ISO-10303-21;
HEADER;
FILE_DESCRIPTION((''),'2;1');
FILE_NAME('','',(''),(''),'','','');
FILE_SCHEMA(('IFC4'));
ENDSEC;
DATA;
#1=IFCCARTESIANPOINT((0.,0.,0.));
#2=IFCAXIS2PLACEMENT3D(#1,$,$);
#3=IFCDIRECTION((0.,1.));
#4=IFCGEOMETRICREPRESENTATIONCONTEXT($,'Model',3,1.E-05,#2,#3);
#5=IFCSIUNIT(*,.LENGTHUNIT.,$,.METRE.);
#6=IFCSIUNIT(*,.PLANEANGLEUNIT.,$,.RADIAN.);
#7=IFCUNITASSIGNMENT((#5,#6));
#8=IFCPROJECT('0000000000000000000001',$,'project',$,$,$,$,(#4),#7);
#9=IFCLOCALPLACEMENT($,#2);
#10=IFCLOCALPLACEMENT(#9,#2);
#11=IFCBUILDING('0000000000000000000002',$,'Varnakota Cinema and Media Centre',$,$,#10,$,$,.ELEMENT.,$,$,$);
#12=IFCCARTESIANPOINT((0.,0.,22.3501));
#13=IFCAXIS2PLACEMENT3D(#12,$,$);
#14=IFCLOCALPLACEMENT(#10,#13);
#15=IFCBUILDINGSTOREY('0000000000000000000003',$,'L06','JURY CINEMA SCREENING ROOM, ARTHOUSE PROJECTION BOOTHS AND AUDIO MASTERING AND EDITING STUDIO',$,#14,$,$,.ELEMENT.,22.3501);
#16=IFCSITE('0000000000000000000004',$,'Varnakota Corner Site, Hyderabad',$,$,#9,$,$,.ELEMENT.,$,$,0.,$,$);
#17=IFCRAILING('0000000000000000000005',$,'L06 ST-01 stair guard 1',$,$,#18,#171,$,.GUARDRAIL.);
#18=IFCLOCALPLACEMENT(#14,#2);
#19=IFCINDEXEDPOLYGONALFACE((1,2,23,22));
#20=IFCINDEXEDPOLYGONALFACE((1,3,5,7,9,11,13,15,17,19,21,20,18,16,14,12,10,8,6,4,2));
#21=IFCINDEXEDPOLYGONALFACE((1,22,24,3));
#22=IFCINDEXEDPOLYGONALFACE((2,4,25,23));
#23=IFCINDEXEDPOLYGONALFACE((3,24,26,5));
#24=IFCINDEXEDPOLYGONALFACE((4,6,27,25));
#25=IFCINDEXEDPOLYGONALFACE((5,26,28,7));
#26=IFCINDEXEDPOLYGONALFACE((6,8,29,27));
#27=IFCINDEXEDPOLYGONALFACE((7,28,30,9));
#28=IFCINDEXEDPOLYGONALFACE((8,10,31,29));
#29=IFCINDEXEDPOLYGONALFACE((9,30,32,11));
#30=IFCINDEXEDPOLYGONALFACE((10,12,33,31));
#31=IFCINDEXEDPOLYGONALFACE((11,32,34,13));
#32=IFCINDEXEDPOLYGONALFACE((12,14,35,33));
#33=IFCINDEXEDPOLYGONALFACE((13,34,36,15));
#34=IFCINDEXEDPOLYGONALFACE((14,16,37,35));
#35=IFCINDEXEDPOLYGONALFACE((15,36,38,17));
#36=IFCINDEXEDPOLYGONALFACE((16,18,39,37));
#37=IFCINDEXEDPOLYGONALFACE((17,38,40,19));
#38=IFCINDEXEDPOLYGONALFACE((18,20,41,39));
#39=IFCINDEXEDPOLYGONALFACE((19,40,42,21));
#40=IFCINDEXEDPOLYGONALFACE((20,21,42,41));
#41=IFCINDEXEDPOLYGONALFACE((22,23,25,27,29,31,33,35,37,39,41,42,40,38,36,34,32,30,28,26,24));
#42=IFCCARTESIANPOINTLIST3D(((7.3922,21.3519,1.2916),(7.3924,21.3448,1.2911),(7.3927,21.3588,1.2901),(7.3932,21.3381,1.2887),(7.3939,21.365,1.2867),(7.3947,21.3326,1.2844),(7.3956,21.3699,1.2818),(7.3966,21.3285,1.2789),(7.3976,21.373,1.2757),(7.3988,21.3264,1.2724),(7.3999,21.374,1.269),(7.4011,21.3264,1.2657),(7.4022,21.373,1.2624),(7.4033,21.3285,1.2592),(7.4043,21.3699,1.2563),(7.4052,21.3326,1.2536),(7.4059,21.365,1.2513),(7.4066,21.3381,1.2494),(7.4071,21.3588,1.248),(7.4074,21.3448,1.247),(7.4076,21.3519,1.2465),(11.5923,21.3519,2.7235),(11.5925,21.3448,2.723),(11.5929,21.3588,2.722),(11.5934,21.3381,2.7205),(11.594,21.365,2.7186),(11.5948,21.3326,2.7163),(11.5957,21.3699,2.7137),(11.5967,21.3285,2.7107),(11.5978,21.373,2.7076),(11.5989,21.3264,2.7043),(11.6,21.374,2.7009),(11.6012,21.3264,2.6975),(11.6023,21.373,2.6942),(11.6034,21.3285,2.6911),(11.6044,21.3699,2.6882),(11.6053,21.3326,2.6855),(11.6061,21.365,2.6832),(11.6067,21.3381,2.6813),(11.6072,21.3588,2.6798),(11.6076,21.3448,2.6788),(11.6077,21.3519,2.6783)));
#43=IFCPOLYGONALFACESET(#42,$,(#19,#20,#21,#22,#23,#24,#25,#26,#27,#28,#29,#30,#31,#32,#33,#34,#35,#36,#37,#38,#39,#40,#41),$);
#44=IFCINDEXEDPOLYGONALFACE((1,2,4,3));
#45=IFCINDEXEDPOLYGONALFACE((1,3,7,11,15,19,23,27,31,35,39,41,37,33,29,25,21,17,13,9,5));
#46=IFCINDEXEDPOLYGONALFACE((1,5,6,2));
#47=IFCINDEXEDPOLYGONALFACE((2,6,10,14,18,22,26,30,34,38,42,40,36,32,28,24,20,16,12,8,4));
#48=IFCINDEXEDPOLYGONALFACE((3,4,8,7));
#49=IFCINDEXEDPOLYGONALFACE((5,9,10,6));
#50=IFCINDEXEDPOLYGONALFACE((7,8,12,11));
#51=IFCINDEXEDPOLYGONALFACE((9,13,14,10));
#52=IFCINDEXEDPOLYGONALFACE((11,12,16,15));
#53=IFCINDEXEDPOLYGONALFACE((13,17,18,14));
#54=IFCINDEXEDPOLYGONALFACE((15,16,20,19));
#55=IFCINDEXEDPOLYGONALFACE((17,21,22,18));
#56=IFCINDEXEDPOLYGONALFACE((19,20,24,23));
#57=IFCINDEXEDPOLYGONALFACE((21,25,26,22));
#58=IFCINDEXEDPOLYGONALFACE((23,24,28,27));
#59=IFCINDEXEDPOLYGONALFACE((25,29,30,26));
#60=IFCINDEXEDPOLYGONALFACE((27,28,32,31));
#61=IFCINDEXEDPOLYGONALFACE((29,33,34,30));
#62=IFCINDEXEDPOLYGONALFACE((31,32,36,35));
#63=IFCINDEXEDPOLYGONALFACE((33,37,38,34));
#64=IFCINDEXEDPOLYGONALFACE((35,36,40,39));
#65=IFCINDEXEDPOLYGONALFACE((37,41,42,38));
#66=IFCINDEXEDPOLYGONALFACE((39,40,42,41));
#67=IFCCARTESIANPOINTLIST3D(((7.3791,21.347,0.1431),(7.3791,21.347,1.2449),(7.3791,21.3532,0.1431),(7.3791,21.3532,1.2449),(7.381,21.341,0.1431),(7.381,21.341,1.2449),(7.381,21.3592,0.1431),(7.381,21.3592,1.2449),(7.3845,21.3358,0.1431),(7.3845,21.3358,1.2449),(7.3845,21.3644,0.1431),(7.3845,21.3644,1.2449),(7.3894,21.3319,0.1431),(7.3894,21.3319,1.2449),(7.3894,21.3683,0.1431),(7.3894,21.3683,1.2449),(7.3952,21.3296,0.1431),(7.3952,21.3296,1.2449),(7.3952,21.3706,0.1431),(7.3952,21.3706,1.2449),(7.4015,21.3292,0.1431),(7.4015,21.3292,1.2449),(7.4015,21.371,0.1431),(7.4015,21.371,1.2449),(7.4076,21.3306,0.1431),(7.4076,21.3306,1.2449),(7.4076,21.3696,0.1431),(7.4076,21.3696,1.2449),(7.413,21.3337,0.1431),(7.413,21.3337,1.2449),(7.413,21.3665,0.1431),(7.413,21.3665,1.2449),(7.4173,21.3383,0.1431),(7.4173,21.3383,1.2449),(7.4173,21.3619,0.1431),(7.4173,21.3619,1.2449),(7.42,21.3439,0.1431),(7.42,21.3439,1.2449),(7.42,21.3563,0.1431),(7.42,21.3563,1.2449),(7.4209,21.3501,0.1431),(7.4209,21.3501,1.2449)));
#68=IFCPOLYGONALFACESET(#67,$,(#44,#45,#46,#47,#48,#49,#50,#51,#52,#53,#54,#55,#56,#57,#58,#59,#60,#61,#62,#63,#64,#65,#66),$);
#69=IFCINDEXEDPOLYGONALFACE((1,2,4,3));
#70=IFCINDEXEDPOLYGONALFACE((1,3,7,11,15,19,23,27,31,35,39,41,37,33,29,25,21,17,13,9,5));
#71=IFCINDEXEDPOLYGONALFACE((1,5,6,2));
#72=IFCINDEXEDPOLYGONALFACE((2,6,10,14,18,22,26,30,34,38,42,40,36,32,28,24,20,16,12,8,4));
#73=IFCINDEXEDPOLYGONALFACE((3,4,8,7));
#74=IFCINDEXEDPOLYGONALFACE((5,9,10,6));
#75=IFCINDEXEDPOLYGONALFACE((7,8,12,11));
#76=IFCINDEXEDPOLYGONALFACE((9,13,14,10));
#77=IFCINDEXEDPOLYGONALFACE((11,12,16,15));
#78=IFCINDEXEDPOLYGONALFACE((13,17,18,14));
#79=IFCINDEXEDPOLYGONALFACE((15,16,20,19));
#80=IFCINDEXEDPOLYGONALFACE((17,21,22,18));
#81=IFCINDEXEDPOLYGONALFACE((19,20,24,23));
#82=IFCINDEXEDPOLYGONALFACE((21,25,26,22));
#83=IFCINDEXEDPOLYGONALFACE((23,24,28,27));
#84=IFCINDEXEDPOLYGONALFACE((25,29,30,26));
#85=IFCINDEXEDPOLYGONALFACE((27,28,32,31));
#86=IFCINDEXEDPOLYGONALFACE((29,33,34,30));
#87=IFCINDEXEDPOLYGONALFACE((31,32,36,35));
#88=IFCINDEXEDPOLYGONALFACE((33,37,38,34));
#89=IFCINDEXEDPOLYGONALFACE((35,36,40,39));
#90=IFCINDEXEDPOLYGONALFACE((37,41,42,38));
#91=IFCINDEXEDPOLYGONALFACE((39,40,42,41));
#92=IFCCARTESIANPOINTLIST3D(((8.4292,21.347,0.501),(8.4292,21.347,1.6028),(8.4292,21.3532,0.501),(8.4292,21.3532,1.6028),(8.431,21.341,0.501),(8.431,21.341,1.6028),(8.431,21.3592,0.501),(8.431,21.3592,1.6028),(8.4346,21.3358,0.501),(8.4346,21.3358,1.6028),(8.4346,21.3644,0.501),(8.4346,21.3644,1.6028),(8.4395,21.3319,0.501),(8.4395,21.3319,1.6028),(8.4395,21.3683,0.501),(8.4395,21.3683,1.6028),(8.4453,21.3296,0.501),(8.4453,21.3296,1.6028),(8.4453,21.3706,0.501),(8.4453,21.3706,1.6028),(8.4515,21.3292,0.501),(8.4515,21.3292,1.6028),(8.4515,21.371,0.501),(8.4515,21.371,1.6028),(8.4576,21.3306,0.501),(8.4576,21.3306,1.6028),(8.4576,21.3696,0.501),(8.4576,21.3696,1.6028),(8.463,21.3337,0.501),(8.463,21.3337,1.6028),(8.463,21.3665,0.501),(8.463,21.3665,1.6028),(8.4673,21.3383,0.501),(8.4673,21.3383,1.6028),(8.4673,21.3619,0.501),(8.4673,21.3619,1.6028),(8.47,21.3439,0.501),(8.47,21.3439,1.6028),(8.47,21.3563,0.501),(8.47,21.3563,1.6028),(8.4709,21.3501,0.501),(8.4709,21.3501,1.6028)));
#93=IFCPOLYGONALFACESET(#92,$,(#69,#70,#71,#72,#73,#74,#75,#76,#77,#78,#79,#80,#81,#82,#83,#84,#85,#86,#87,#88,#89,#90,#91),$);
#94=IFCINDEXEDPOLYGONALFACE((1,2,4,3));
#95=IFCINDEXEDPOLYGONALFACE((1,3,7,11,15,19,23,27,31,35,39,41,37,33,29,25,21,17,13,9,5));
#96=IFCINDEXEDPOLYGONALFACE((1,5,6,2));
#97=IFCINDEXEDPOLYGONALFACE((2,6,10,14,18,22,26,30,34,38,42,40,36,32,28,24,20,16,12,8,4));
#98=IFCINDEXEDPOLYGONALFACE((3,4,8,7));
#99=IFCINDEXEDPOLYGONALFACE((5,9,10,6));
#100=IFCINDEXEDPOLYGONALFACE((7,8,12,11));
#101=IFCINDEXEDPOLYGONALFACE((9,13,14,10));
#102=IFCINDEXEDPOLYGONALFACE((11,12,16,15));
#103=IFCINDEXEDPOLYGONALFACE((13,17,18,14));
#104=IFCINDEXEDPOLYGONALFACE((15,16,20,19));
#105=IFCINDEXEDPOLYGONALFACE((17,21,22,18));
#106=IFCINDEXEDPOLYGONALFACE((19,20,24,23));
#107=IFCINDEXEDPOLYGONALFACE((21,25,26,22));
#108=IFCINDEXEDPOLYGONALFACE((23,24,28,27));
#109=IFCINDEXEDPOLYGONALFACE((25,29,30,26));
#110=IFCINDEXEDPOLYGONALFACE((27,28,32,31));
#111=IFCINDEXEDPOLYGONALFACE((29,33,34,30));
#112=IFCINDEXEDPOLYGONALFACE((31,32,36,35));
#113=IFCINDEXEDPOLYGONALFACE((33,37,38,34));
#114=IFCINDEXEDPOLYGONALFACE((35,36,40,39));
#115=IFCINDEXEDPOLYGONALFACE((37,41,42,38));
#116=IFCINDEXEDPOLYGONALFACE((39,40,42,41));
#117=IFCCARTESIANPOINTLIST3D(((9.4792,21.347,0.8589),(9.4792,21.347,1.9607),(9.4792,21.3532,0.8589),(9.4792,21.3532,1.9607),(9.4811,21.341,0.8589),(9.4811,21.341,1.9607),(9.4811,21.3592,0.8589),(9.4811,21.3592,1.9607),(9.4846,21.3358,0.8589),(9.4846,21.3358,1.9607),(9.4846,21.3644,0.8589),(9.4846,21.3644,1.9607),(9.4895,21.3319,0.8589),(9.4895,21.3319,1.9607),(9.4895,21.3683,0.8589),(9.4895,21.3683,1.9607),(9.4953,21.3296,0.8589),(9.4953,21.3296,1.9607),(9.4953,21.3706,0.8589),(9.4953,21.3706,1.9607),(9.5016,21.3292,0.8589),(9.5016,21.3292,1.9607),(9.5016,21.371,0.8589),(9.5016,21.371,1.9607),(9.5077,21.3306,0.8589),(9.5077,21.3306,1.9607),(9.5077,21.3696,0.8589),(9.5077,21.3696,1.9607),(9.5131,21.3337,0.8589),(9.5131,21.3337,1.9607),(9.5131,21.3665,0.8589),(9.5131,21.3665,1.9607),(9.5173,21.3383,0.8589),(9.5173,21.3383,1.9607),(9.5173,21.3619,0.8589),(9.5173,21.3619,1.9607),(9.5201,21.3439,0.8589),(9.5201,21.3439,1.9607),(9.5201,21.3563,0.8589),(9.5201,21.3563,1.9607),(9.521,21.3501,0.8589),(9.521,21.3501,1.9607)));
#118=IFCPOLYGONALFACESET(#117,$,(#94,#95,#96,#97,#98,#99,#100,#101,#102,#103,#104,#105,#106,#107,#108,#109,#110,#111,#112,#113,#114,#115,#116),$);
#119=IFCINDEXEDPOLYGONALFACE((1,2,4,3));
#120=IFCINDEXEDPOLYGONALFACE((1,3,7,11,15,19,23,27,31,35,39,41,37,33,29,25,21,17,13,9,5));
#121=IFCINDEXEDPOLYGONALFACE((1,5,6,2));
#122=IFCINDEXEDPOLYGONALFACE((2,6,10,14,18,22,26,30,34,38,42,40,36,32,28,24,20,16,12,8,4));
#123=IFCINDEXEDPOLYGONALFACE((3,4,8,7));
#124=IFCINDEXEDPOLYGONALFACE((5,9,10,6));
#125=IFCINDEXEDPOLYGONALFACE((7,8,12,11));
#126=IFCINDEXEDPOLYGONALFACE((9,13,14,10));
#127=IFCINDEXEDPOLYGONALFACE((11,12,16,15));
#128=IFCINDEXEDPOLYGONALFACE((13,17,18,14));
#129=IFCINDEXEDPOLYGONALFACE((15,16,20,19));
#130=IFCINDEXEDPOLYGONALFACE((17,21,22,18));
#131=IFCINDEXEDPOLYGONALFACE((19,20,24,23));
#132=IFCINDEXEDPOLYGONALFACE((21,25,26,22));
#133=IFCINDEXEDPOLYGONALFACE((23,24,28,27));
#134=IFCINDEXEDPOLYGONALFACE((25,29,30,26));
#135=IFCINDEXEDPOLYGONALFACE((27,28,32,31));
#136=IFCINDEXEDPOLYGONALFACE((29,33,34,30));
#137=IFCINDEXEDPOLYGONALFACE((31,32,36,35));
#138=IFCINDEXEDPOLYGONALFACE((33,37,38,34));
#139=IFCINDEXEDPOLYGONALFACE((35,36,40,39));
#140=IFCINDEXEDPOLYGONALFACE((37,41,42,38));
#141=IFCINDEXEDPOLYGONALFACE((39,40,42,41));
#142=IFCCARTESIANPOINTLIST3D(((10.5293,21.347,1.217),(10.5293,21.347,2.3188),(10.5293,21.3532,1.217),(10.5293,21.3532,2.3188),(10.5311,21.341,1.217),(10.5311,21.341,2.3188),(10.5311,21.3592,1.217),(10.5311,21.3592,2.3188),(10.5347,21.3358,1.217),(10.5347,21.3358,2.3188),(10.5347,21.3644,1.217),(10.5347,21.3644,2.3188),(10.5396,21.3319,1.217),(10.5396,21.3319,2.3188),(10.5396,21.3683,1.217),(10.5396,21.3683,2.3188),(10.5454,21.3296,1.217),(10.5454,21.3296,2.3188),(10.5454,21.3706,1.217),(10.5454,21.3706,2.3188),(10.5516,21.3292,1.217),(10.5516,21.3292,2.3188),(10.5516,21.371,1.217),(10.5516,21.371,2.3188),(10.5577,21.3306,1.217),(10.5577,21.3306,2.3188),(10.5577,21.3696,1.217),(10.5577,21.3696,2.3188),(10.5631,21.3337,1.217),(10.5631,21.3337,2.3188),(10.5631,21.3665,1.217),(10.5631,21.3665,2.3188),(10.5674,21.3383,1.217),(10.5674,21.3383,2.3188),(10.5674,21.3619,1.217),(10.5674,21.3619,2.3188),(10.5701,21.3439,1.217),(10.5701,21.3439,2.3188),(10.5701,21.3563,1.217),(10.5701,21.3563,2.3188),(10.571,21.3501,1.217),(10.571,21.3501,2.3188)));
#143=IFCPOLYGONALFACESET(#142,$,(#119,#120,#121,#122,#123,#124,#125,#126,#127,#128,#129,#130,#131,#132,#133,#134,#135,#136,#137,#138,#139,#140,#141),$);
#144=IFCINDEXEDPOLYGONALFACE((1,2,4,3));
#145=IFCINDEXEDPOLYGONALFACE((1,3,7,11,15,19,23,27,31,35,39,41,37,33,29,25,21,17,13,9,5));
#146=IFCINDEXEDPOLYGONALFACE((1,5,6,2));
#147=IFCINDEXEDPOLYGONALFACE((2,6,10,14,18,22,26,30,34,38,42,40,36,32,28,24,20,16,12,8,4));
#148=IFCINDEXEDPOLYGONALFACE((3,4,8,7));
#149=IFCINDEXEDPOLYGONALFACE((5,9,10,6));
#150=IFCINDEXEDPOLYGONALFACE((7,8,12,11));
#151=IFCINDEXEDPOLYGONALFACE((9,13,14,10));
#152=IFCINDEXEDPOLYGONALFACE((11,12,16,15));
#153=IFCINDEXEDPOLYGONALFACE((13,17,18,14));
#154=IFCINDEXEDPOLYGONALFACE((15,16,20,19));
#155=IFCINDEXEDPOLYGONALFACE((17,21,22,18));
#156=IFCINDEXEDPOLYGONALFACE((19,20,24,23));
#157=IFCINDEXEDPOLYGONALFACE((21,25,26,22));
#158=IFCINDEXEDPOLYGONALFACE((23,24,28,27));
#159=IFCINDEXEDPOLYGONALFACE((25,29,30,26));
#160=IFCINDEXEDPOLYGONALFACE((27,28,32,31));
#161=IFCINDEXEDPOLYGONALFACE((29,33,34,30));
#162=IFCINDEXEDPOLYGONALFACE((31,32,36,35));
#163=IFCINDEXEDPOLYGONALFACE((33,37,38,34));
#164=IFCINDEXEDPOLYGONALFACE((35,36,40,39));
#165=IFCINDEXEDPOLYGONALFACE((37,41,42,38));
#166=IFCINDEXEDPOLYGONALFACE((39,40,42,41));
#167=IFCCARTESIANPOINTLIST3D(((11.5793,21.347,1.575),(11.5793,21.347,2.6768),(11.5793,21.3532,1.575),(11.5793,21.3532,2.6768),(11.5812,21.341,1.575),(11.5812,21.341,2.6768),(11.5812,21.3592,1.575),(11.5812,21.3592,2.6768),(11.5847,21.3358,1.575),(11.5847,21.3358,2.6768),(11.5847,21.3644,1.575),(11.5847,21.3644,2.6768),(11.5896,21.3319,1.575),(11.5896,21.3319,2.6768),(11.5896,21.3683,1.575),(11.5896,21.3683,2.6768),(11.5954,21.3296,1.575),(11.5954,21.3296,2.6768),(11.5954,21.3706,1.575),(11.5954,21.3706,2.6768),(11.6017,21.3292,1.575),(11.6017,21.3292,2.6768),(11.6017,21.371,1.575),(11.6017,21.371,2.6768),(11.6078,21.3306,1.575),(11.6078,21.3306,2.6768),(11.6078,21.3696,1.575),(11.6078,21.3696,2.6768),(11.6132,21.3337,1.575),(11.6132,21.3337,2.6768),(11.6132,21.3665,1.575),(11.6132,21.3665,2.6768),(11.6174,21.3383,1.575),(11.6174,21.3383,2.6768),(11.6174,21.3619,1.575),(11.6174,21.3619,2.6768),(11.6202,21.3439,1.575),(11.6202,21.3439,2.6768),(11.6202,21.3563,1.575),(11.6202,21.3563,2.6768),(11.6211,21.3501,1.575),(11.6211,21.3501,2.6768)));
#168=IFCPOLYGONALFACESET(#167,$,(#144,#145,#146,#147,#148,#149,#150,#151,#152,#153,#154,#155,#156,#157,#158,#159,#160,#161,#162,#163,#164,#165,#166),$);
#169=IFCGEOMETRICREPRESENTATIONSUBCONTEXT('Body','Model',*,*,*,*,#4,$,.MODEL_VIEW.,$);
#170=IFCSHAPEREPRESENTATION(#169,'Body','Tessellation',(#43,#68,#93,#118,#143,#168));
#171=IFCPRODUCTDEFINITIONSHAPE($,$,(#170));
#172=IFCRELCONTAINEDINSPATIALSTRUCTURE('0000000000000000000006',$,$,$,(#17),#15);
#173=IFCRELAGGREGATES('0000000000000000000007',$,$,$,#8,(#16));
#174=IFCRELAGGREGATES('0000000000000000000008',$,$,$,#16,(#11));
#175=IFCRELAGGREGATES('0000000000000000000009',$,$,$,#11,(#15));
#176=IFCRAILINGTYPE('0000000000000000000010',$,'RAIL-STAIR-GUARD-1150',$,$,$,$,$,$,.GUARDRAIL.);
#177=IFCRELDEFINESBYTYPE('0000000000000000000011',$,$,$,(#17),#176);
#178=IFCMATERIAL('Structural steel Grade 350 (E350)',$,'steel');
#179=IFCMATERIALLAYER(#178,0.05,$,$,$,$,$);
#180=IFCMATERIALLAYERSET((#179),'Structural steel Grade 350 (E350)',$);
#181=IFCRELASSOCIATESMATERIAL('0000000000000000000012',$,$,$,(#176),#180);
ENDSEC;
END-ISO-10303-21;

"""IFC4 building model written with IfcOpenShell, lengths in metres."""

from ifc_helpers import new_model, si_unit, direction, frame, origin, origin_2d, place, context, subcontext, project, spatial, circle, extrude, material, layer, layer_set, type_object, element, save


model = new_model("IFC4")

# Units and contexts
model_context = context("Model", 3, precision=1e-05, world=origin(), true_north=direction((0.0, 1.0)))
body_context = subcontext(model_context, "Body", "Model", "MODEL_VIEW")
ifc_project = project(units=[si_unit("LENGTHUNIT", "METRE"), si_unit("PLANEANGLEUNIT", "RADIAN")], contexts=[model_context])

# Site, building, storey
site_placement = place(None, origin())
site = spatial("IfcSite", under=ifc_project, at=site_placement, Name="Varnakota Corner Site, Hyderabad", CompositionType="ELEMENT", RefElevation=0.0)
building_placement = place(site_placement, origin())
building = spatial("IfcBuilding", under=site, at=building_placement, Name="Varnakota Cinema and Media Centre", CompositionType="ELEMENT")
storey_placement = place(building_placement, frame((0.0, 0.0, 22.3501)))
storey = spatial("IfcBuildingStorey", under=building, at=storey_placement, Name="L06", Description="JURY CINEMA SCREENING ROOM, ARTHOUSE PROJECTION BOOTHS AND AUDIO MASTERING AND EDITING STUDIO", CompositionType="ELEMENT", Elevation=22.3501)

# Railing
ifc_material_1 = material(Name="Structural steel Grade 350 (E350)", Category="steel")
ifc_layer_1 = layer(ifc_material_1, 0.05)
ifc_layer_set_1 = layer_set([ifc_layer_1], Name="Structural steel Grade 350 (E350)")
railing_type_1 = type_object("IfcRailingType", Name="RAIL-STAIR-GUARD-1150", PredefinedType="GUARDRAIL", material=ifc_layer_set_1)
railing_1_placement = place(storey_placement, frame((7.3999, 21.3501, 0.1431)))
element("IfcRailing", 1, at=railing_1_placement, inside=storey, type_object=railing_type_1, Name="L06 ST-01 stair guard 1", PredefinedType="GUARDRAIL", context=body_context, shape_type="SweptSolid", body=[
    extrude(circle(Radius=0.0239, at=origin_2d()), frame((0.0, 0.0, 1.126), z_axis=(0.94651, 0.0, 0.322674), x_axis=(0.0, 1.0, 0.0)), (0.0, 0.0, 1.0), 4.4375),
    extrude(circle(Radius=0.021, at=origin_2d()), origin(), (0.0, 0.0, 1.0), 1.1018),
    extrude(circle(Radius=0.021, at=origin_2d()), frame((1.05, 0.0, 0.3579)), (0.0, 0.0, 1.0), 1.1018),
    extrude(circle(Radius=0.021, at=origin_2d()), frame((2.1001, 0.0, 0.7158)), (0.0, 0.0, 1.0), 1.1018),
    extrude(circle(Radius=0.021, at=origin_2d()), frame((3.1501, 0.0, 1.074)), (0.0, 0.0, 1.0), 1.1018),
    extrude(circle(Radius=0.021, at=origin_2d()), frame((4.2002, 0.0, 1.4319)), (0.0, 0.0, 1.0), 1.1018),
])

save(model, "model.ifc")
